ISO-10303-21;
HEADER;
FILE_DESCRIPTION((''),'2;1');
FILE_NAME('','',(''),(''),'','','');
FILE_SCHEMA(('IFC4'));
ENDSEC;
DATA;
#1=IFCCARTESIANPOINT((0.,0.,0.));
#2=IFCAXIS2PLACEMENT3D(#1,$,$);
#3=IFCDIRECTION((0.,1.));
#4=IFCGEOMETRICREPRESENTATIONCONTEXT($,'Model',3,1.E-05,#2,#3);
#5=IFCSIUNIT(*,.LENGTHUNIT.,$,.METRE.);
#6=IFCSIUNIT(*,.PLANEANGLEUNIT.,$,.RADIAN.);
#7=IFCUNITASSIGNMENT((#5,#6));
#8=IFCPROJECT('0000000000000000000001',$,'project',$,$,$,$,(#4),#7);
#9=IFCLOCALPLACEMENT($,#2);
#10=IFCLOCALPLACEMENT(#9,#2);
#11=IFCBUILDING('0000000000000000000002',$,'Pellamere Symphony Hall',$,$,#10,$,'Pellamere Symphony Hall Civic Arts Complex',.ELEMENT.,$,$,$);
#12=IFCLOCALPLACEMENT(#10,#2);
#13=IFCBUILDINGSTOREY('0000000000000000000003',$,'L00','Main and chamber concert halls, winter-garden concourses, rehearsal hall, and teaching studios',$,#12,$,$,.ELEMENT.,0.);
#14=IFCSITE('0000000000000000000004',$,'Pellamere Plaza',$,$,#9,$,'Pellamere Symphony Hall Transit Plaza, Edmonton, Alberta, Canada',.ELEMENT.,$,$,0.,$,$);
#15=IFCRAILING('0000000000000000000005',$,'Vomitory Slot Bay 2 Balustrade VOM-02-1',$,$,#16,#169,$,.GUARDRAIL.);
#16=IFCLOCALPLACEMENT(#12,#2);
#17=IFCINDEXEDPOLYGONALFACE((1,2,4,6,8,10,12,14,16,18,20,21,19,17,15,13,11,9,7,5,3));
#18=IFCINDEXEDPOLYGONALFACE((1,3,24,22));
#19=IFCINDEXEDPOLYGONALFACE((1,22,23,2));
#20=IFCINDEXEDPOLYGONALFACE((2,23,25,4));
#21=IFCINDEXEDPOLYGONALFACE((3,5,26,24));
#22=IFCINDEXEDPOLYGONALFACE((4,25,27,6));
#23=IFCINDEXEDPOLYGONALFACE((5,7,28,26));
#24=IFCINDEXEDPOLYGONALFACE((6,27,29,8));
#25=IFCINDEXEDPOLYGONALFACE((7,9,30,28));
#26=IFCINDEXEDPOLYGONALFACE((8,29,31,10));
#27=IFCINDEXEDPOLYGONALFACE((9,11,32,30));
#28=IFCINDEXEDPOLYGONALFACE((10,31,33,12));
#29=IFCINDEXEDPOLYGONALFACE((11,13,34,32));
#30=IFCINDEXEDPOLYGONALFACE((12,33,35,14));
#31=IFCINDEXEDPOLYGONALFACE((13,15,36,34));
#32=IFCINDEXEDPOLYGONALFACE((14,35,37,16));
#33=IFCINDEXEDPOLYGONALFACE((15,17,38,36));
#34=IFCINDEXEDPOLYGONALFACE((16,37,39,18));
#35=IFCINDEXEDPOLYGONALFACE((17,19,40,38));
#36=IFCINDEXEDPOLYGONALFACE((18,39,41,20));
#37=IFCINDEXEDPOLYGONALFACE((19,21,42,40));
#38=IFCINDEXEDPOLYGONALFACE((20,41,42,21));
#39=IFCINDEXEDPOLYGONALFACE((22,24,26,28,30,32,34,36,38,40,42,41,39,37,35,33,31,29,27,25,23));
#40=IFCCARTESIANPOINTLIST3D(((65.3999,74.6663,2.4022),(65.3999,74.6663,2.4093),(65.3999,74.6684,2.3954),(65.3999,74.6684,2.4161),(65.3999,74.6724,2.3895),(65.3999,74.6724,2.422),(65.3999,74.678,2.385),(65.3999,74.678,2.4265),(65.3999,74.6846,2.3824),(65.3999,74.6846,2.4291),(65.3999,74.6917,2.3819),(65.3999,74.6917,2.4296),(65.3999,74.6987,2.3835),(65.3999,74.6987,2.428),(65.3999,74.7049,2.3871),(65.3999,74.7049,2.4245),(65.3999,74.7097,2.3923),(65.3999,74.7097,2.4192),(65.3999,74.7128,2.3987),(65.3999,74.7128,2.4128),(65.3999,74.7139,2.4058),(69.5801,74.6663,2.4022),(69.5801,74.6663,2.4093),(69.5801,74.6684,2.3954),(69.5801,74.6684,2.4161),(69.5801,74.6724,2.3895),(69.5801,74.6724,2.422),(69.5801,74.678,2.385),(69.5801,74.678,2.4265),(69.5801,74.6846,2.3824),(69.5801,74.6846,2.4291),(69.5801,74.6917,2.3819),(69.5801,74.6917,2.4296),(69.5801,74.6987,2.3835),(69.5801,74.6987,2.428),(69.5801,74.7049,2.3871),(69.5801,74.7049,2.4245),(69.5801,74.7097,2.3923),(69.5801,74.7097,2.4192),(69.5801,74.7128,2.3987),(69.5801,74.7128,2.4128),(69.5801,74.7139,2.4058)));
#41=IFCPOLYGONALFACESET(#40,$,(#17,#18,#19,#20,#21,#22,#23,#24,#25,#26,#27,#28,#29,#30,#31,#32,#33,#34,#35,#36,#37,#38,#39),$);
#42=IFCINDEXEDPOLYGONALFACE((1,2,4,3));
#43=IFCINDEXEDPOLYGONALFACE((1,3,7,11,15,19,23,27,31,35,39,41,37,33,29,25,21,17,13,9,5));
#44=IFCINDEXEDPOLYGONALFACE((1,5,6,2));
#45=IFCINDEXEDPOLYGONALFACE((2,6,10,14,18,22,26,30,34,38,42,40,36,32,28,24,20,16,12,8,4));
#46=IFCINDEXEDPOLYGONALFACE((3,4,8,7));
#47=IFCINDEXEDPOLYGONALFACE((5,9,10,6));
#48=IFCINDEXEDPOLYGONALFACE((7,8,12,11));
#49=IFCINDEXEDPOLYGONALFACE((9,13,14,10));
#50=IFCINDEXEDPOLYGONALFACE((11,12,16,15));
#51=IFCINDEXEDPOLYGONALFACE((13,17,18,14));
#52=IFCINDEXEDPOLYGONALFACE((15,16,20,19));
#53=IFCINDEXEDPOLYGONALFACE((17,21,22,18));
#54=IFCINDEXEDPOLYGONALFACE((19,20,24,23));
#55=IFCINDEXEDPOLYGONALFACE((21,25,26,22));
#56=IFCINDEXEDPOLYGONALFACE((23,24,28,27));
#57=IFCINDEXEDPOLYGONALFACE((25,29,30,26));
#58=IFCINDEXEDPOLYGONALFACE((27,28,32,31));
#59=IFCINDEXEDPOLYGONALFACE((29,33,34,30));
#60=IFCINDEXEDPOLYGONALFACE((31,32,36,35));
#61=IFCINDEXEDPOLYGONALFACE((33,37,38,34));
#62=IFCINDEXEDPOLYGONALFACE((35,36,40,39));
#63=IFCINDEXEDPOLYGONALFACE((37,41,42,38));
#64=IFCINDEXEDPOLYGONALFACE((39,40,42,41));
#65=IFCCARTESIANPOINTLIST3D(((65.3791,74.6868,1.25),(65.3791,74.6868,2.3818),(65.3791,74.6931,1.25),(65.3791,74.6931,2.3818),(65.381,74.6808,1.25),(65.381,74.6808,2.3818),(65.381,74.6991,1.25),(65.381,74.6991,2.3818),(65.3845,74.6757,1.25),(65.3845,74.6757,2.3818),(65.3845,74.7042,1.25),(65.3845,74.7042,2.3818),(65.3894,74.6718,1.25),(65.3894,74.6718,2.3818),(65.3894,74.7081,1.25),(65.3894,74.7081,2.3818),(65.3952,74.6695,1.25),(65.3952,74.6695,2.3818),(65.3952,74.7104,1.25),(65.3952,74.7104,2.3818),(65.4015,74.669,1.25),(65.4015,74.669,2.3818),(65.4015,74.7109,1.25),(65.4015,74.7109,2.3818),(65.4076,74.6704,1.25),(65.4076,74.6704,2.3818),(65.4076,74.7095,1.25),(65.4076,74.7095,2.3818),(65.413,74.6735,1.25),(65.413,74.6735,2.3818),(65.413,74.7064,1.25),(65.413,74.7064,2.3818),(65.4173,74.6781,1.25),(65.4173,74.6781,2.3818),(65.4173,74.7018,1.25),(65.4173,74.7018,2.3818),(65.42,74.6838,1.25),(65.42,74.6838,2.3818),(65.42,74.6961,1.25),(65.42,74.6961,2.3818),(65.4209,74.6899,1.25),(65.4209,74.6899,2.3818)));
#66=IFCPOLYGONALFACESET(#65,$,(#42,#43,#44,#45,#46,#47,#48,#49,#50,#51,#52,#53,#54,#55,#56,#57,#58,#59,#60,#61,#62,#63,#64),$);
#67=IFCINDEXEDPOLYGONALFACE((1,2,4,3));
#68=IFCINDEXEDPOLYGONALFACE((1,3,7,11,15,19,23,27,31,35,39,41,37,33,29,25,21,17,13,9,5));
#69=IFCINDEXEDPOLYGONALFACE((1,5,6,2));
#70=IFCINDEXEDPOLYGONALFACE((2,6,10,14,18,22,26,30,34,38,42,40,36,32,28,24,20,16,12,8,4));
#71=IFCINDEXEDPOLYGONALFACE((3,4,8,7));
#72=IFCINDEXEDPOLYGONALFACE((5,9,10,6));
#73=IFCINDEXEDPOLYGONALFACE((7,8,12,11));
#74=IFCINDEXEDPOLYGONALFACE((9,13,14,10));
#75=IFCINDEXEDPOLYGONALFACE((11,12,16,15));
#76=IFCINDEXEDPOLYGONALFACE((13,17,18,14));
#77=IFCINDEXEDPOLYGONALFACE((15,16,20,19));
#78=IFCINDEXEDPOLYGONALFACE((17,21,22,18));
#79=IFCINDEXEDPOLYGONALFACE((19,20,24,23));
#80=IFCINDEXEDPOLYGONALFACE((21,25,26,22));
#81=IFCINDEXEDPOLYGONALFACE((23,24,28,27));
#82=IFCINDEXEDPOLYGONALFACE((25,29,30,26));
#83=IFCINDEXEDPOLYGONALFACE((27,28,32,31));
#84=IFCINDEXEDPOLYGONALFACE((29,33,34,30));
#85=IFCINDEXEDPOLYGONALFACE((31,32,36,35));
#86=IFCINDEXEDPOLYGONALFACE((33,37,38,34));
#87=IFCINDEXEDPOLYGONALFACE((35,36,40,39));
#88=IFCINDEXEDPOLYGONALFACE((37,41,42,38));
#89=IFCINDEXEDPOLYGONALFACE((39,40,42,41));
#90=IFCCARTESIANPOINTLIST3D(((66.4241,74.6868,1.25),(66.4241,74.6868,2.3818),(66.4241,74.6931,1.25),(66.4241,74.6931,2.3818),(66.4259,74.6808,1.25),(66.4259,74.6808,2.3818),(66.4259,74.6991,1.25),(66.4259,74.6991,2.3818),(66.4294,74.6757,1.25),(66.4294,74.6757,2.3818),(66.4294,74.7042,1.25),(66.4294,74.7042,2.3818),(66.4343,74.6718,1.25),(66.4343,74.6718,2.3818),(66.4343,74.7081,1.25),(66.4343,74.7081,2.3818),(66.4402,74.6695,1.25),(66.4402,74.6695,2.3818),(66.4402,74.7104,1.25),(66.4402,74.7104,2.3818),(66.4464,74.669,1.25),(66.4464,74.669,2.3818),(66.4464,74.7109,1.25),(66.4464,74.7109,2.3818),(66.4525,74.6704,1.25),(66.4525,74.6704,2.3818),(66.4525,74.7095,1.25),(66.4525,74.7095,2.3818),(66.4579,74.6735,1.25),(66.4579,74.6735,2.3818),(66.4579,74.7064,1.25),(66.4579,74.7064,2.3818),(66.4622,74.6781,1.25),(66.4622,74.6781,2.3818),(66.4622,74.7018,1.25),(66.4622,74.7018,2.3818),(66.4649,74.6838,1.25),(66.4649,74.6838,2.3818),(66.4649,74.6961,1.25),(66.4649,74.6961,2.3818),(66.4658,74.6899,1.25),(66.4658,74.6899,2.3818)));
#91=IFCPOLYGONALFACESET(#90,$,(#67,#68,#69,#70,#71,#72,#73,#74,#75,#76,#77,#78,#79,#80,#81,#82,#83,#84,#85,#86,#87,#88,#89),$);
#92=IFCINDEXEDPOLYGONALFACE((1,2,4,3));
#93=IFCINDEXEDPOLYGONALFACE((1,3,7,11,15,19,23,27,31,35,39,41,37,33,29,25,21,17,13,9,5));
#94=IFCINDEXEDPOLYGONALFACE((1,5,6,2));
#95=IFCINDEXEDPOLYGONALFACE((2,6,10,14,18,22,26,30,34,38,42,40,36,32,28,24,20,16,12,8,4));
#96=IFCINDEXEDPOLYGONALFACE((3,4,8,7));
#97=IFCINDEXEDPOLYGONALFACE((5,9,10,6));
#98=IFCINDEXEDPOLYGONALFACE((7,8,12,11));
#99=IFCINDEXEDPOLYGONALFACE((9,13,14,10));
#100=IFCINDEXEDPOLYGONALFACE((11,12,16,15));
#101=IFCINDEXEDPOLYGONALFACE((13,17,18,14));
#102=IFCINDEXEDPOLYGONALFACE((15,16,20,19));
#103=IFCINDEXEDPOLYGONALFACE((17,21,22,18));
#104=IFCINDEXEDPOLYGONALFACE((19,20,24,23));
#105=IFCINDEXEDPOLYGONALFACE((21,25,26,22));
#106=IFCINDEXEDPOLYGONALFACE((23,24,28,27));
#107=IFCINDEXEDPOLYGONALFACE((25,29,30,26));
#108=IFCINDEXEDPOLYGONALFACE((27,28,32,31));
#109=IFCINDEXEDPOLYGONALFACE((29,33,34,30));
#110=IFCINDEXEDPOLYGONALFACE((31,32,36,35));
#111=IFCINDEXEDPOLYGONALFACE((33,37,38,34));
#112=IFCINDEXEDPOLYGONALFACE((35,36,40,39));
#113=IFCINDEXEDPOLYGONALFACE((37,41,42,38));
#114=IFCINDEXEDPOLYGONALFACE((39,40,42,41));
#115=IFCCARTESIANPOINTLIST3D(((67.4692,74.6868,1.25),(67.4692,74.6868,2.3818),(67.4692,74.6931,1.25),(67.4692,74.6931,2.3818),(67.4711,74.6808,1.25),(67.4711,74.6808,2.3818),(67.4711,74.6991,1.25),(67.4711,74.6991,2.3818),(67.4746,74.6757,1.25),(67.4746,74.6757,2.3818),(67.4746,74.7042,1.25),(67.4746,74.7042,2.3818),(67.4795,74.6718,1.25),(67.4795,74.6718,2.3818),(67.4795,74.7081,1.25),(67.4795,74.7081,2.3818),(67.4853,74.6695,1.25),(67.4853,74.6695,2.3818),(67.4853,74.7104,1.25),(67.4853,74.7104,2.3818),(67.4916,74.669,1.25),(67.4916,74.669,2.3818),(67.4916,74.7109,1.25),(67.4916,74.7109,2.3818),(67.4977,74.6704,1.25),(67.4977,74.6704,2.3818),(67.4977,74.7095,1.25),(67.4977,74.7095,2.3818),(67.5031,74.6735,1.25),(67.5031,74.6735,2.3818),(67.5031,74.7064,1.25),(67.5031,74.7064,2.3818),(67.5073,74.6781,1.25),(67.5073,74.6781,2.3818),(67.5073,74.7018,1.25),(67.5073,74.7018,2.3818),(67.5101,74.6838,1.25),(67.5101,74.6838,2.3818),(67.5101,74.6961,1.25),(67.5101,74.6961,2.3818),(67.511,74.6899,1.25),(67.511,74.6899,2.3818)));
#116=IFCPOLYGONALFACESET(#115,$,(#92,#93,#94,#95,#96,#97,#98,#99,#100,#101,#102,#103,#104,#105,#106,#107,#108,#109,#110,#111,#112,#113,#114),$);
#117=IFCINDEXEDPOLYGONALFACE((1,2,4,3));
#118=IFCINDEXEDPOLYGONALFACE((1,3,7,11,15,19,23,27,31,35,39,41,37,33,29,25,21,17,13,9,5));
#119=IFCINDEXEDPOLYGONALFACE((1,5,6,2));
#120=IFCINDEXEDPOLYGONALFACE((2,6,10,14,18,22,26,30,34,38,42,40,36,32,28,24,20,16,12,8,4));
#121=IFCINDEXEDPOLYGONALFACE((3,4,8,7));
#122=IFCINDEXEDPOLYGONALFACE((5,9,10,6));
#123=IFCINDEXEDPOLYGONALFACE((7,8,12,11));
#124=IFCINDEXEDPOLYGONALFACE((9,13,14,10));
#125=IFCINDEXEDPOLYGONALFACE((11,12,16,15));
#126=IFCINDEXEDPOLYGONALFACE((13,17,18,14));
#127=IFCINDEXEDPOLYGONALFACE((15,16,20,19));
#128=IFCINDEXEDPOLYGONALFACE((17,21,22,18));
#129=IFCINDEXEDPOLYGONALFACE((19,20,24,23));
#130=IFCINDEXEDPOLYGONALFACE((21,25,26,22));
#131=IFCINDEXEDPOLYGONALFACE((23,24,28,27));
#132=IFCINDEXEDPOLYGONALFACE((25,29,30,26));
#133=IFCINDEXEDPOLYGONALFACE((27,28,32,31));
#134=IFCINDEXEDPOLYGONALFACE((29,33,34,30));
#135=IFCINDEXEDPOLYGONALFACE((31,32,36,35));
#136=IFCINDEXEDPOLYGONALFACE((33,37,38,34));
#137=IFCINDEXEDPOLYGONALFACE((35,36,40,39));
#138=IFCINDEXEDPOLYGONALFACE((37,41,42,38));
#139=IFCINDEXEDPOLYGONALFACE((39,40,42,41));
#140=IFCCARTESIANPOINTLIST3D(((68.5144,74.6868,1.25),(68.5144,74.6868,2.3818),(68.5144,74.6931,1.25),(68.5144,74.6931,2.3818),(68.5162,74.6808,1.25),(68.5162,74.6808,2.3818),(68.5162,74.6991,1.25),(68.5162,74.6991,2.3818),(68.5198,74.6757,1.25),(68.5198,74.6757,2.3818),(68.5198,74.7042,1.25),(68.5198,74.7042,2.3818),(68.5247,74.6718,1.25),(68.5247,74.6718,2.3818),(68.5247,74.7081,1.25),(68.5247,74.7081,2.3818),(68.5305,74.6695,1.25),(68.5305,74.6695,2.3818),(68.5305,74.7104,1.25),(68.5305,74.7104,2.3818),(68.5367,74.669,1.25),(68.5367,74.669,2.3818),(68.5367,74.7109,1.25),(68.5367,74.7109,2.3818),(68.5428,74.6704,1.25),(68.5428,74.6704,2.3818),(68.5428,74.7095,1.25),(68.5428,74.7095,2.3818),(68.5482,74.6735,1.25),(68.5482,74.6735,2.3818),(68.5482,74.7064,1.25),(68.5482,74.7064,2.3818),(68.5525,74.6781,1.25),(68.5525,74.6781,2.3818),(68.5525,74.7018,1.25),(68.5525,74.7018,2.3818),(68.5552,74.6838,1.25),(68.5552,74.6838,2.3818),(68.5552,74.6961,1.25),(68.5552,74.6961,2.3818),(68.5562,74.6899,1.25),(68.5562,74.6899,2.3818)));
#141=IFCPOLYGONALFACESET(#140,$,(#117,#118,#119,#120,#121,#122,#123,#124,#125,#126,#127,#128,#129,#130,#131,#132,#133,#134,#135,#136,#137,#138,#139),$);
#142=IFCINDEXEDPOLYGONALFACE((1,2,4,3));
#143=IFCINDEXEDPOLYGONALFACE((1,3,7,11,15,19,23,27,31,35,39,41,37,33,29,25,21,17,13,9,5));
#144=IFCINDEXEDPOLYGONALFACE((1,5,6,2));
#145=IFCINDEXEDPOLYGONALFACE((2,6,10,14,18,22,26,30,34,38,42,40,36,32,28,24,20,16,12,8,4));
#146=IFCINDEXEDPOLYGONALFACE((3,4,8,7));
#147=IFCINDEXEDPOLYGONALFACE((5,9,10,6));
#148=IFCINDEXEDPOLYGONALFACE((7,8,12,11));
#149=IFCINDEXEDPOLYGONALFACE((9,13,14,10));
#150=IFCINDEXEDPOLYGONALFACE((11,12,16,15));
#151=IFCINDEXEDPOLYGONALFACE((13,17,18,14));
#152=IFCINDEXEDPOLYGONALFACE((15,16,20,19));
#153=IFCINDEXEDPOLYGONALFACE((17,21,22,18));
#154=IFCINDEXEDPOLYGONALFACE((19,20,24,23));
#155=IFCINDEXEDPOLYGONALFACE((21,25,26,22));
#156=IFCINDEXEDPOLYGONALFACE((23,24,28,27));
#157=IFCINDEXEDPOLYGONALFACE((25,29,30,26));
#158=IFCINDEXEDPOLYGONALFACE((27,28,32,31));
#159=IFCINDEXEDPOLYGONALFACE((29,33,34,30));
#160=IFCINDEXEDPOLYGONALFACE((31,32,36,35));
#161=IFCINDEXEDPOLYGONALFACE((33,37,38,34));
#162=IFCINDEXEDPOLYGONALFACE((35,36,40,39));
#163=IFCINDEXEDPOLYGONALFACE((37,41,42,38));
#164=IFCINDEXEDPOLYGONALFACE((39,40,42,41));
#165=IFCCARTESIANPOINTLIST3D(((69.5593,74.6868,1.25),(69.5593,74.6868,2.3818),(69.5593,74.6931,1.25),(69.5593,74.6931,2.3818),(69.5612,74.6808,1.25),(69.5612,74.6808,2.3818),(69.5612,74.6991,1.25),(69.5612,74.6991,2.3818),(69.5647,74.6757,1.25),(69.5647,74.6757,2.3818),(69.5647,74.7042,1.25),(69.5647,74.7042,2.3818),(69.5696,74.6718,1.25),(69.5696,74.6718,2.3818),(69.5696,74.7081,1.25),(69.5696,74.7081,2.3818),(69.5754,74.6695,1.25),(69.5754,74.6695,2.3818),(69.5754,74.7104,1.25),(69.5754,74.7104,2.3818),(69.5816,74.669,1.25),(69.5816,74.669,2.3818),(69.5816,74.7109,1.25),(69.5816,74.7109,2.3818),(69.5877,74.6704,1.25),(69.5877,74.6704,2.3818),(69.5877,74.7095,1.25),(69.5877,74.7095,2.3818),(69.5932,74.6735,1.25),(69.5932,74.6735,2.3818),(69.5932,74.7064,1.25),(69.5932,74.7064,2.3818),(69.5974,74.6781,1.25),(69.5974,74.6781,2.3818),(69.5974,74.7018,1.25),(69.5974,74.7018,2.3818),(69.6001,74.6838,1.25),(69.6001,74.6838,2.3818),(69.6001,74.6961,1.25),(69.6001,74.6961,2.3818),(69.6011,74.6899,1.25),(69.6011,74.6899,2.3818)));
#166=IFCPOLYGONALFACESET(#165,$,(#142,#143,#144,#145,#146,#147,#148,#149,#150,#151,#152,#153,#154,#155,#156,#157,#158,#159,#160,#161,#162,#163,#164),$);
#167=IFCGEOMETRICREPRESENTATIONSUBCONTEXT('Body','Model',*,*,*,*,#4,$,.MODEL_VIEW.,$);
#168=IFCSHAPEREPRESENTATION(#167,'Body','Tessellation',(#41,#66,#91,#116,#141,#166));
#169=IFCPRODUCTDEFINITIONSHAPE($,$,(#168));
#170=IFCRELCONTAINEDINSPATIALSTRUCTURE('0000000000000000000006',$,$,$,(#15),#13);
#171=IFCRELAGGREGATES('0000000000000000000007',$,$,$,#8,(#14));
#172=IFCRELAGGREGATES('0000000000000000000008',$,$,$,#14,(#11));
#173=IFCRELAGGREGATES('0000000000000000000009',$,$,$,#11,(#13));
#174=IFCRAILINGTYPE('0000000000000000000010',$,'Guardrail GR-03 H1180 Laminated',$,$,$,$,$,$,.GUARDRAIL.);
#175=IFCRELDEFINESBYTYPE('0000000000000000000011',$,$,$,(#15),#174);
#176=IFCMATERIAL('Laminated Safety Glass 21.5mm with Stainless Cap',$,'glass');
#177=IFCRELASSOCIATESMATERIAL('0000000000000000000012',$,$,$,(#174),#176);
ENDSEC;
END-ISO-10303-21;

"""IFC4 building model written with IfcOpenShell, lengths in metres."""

from ifc_helpers import new_model, si_unit, direction, frame, origin, origin_2d, place, context, subcontext, project, spatial, circle, extrude, material, type_object, element, save


model = new_model("IFC4")

# Units and contexts
model_context = context("Model", 3, precision=1e-05, world=origin(), true_north=direction((0.0, 1.0)))
body_context = subcontext(model_context, "Body", "Model", "MODEL_VIEW")
ifc_project = project(units=[si_unit("LENGTHUNIT", "METRE"), si_unit("PLANEANGLEUNIT", "RADIAN")], contexts=[model_context])

# Site, building, storey
site_placement = place(None, origin())
site = spatial("IfcSite", under=ifc_project, at=site_placement, Name="Pellamere Plaza", LongName="Pellamere Symphony Hall Transit Plaza, Edmonton, Alberta, Canada", CompositionType="ELEMENT", RefElevation=0.0)
building_placement = place(site_placement, origin())
building = spatial("IfcBuilding", under=site, at=building_placement, Name="Pellamere Symphony Hall", LongName="Pellamere Symphony Hall Civic Arts Complex", CompositionType="ELEMENT")
storey_placement = place(building_placement, origin())
storey = spatial("IfcBuildingStorey", under=building, at=storey_placement, Name="L00", Description="Main and chamber concert halls, winter-garden concourses, rehearsal hall, and teaching studios", CompositionType="ELEMENT", Elevation=0.0)

# Railing
ifc_material_1 = material(Name="Laminated Safety Glass 21.5mm with Stainless Cap", Category="glass")
railing_type_1 = type_object("IfcRailingType", Name="Guardrail GR-03 H1180 Laminated", PredefinedType="GUARDRAIL", material=ifc_material_1)
railing_1_placement = place(storey_placement, frame((65.3999, 74.6899, 1.25)))
element("IfcRailing", 1, at=railing_1_placement, inside=storey, type_object=railing_type_1, Name="Vomitory Slot Bay 2 Balustrade VOM-02-1", PredefinedType="GUARDRAIL", context=body_context, shape_type="SweptSolid", body=[
    extrude(circle(Radius=0.0239, at=origin_2d()), frame((0.0, 0.0, 1.1558), z_axis=(1.0, 0.0, 0.0), x_axis=(0.0, 1.0, 0.0)), (0.0, 0.0, 1.0), 4.1802),
    extrude(circle(Radius=0.021, at=origin_2d()), origin(), (0.0, 0.0, 1.0), 1.1318),
    extrude(circle(Radius=0.021, at=origin_2d()), frame((1.0449, 0.0, 0.0)), (0.0, 0.0, 1.0), 1.1318),
    extrude(circle(Radius=0.021, at=origin_2d()), frame((2.0901, 0.0, 0.0)), (0.0, 0.0, 1.0), 1.1318),
    extrude(circle(Radius=0.021, at=origin_2d()), frame((3.1353, 0.0, 0.0)), (0.0, 0.0, 1.0), 1.1318),
    extrude(circle(Radius=0.021, at=origin_2d()), frame((4.1802, 0.0, 0.0)), (0.0, 0.0, 1.0), 1.1318),
])

save(model, "model.ifc")
